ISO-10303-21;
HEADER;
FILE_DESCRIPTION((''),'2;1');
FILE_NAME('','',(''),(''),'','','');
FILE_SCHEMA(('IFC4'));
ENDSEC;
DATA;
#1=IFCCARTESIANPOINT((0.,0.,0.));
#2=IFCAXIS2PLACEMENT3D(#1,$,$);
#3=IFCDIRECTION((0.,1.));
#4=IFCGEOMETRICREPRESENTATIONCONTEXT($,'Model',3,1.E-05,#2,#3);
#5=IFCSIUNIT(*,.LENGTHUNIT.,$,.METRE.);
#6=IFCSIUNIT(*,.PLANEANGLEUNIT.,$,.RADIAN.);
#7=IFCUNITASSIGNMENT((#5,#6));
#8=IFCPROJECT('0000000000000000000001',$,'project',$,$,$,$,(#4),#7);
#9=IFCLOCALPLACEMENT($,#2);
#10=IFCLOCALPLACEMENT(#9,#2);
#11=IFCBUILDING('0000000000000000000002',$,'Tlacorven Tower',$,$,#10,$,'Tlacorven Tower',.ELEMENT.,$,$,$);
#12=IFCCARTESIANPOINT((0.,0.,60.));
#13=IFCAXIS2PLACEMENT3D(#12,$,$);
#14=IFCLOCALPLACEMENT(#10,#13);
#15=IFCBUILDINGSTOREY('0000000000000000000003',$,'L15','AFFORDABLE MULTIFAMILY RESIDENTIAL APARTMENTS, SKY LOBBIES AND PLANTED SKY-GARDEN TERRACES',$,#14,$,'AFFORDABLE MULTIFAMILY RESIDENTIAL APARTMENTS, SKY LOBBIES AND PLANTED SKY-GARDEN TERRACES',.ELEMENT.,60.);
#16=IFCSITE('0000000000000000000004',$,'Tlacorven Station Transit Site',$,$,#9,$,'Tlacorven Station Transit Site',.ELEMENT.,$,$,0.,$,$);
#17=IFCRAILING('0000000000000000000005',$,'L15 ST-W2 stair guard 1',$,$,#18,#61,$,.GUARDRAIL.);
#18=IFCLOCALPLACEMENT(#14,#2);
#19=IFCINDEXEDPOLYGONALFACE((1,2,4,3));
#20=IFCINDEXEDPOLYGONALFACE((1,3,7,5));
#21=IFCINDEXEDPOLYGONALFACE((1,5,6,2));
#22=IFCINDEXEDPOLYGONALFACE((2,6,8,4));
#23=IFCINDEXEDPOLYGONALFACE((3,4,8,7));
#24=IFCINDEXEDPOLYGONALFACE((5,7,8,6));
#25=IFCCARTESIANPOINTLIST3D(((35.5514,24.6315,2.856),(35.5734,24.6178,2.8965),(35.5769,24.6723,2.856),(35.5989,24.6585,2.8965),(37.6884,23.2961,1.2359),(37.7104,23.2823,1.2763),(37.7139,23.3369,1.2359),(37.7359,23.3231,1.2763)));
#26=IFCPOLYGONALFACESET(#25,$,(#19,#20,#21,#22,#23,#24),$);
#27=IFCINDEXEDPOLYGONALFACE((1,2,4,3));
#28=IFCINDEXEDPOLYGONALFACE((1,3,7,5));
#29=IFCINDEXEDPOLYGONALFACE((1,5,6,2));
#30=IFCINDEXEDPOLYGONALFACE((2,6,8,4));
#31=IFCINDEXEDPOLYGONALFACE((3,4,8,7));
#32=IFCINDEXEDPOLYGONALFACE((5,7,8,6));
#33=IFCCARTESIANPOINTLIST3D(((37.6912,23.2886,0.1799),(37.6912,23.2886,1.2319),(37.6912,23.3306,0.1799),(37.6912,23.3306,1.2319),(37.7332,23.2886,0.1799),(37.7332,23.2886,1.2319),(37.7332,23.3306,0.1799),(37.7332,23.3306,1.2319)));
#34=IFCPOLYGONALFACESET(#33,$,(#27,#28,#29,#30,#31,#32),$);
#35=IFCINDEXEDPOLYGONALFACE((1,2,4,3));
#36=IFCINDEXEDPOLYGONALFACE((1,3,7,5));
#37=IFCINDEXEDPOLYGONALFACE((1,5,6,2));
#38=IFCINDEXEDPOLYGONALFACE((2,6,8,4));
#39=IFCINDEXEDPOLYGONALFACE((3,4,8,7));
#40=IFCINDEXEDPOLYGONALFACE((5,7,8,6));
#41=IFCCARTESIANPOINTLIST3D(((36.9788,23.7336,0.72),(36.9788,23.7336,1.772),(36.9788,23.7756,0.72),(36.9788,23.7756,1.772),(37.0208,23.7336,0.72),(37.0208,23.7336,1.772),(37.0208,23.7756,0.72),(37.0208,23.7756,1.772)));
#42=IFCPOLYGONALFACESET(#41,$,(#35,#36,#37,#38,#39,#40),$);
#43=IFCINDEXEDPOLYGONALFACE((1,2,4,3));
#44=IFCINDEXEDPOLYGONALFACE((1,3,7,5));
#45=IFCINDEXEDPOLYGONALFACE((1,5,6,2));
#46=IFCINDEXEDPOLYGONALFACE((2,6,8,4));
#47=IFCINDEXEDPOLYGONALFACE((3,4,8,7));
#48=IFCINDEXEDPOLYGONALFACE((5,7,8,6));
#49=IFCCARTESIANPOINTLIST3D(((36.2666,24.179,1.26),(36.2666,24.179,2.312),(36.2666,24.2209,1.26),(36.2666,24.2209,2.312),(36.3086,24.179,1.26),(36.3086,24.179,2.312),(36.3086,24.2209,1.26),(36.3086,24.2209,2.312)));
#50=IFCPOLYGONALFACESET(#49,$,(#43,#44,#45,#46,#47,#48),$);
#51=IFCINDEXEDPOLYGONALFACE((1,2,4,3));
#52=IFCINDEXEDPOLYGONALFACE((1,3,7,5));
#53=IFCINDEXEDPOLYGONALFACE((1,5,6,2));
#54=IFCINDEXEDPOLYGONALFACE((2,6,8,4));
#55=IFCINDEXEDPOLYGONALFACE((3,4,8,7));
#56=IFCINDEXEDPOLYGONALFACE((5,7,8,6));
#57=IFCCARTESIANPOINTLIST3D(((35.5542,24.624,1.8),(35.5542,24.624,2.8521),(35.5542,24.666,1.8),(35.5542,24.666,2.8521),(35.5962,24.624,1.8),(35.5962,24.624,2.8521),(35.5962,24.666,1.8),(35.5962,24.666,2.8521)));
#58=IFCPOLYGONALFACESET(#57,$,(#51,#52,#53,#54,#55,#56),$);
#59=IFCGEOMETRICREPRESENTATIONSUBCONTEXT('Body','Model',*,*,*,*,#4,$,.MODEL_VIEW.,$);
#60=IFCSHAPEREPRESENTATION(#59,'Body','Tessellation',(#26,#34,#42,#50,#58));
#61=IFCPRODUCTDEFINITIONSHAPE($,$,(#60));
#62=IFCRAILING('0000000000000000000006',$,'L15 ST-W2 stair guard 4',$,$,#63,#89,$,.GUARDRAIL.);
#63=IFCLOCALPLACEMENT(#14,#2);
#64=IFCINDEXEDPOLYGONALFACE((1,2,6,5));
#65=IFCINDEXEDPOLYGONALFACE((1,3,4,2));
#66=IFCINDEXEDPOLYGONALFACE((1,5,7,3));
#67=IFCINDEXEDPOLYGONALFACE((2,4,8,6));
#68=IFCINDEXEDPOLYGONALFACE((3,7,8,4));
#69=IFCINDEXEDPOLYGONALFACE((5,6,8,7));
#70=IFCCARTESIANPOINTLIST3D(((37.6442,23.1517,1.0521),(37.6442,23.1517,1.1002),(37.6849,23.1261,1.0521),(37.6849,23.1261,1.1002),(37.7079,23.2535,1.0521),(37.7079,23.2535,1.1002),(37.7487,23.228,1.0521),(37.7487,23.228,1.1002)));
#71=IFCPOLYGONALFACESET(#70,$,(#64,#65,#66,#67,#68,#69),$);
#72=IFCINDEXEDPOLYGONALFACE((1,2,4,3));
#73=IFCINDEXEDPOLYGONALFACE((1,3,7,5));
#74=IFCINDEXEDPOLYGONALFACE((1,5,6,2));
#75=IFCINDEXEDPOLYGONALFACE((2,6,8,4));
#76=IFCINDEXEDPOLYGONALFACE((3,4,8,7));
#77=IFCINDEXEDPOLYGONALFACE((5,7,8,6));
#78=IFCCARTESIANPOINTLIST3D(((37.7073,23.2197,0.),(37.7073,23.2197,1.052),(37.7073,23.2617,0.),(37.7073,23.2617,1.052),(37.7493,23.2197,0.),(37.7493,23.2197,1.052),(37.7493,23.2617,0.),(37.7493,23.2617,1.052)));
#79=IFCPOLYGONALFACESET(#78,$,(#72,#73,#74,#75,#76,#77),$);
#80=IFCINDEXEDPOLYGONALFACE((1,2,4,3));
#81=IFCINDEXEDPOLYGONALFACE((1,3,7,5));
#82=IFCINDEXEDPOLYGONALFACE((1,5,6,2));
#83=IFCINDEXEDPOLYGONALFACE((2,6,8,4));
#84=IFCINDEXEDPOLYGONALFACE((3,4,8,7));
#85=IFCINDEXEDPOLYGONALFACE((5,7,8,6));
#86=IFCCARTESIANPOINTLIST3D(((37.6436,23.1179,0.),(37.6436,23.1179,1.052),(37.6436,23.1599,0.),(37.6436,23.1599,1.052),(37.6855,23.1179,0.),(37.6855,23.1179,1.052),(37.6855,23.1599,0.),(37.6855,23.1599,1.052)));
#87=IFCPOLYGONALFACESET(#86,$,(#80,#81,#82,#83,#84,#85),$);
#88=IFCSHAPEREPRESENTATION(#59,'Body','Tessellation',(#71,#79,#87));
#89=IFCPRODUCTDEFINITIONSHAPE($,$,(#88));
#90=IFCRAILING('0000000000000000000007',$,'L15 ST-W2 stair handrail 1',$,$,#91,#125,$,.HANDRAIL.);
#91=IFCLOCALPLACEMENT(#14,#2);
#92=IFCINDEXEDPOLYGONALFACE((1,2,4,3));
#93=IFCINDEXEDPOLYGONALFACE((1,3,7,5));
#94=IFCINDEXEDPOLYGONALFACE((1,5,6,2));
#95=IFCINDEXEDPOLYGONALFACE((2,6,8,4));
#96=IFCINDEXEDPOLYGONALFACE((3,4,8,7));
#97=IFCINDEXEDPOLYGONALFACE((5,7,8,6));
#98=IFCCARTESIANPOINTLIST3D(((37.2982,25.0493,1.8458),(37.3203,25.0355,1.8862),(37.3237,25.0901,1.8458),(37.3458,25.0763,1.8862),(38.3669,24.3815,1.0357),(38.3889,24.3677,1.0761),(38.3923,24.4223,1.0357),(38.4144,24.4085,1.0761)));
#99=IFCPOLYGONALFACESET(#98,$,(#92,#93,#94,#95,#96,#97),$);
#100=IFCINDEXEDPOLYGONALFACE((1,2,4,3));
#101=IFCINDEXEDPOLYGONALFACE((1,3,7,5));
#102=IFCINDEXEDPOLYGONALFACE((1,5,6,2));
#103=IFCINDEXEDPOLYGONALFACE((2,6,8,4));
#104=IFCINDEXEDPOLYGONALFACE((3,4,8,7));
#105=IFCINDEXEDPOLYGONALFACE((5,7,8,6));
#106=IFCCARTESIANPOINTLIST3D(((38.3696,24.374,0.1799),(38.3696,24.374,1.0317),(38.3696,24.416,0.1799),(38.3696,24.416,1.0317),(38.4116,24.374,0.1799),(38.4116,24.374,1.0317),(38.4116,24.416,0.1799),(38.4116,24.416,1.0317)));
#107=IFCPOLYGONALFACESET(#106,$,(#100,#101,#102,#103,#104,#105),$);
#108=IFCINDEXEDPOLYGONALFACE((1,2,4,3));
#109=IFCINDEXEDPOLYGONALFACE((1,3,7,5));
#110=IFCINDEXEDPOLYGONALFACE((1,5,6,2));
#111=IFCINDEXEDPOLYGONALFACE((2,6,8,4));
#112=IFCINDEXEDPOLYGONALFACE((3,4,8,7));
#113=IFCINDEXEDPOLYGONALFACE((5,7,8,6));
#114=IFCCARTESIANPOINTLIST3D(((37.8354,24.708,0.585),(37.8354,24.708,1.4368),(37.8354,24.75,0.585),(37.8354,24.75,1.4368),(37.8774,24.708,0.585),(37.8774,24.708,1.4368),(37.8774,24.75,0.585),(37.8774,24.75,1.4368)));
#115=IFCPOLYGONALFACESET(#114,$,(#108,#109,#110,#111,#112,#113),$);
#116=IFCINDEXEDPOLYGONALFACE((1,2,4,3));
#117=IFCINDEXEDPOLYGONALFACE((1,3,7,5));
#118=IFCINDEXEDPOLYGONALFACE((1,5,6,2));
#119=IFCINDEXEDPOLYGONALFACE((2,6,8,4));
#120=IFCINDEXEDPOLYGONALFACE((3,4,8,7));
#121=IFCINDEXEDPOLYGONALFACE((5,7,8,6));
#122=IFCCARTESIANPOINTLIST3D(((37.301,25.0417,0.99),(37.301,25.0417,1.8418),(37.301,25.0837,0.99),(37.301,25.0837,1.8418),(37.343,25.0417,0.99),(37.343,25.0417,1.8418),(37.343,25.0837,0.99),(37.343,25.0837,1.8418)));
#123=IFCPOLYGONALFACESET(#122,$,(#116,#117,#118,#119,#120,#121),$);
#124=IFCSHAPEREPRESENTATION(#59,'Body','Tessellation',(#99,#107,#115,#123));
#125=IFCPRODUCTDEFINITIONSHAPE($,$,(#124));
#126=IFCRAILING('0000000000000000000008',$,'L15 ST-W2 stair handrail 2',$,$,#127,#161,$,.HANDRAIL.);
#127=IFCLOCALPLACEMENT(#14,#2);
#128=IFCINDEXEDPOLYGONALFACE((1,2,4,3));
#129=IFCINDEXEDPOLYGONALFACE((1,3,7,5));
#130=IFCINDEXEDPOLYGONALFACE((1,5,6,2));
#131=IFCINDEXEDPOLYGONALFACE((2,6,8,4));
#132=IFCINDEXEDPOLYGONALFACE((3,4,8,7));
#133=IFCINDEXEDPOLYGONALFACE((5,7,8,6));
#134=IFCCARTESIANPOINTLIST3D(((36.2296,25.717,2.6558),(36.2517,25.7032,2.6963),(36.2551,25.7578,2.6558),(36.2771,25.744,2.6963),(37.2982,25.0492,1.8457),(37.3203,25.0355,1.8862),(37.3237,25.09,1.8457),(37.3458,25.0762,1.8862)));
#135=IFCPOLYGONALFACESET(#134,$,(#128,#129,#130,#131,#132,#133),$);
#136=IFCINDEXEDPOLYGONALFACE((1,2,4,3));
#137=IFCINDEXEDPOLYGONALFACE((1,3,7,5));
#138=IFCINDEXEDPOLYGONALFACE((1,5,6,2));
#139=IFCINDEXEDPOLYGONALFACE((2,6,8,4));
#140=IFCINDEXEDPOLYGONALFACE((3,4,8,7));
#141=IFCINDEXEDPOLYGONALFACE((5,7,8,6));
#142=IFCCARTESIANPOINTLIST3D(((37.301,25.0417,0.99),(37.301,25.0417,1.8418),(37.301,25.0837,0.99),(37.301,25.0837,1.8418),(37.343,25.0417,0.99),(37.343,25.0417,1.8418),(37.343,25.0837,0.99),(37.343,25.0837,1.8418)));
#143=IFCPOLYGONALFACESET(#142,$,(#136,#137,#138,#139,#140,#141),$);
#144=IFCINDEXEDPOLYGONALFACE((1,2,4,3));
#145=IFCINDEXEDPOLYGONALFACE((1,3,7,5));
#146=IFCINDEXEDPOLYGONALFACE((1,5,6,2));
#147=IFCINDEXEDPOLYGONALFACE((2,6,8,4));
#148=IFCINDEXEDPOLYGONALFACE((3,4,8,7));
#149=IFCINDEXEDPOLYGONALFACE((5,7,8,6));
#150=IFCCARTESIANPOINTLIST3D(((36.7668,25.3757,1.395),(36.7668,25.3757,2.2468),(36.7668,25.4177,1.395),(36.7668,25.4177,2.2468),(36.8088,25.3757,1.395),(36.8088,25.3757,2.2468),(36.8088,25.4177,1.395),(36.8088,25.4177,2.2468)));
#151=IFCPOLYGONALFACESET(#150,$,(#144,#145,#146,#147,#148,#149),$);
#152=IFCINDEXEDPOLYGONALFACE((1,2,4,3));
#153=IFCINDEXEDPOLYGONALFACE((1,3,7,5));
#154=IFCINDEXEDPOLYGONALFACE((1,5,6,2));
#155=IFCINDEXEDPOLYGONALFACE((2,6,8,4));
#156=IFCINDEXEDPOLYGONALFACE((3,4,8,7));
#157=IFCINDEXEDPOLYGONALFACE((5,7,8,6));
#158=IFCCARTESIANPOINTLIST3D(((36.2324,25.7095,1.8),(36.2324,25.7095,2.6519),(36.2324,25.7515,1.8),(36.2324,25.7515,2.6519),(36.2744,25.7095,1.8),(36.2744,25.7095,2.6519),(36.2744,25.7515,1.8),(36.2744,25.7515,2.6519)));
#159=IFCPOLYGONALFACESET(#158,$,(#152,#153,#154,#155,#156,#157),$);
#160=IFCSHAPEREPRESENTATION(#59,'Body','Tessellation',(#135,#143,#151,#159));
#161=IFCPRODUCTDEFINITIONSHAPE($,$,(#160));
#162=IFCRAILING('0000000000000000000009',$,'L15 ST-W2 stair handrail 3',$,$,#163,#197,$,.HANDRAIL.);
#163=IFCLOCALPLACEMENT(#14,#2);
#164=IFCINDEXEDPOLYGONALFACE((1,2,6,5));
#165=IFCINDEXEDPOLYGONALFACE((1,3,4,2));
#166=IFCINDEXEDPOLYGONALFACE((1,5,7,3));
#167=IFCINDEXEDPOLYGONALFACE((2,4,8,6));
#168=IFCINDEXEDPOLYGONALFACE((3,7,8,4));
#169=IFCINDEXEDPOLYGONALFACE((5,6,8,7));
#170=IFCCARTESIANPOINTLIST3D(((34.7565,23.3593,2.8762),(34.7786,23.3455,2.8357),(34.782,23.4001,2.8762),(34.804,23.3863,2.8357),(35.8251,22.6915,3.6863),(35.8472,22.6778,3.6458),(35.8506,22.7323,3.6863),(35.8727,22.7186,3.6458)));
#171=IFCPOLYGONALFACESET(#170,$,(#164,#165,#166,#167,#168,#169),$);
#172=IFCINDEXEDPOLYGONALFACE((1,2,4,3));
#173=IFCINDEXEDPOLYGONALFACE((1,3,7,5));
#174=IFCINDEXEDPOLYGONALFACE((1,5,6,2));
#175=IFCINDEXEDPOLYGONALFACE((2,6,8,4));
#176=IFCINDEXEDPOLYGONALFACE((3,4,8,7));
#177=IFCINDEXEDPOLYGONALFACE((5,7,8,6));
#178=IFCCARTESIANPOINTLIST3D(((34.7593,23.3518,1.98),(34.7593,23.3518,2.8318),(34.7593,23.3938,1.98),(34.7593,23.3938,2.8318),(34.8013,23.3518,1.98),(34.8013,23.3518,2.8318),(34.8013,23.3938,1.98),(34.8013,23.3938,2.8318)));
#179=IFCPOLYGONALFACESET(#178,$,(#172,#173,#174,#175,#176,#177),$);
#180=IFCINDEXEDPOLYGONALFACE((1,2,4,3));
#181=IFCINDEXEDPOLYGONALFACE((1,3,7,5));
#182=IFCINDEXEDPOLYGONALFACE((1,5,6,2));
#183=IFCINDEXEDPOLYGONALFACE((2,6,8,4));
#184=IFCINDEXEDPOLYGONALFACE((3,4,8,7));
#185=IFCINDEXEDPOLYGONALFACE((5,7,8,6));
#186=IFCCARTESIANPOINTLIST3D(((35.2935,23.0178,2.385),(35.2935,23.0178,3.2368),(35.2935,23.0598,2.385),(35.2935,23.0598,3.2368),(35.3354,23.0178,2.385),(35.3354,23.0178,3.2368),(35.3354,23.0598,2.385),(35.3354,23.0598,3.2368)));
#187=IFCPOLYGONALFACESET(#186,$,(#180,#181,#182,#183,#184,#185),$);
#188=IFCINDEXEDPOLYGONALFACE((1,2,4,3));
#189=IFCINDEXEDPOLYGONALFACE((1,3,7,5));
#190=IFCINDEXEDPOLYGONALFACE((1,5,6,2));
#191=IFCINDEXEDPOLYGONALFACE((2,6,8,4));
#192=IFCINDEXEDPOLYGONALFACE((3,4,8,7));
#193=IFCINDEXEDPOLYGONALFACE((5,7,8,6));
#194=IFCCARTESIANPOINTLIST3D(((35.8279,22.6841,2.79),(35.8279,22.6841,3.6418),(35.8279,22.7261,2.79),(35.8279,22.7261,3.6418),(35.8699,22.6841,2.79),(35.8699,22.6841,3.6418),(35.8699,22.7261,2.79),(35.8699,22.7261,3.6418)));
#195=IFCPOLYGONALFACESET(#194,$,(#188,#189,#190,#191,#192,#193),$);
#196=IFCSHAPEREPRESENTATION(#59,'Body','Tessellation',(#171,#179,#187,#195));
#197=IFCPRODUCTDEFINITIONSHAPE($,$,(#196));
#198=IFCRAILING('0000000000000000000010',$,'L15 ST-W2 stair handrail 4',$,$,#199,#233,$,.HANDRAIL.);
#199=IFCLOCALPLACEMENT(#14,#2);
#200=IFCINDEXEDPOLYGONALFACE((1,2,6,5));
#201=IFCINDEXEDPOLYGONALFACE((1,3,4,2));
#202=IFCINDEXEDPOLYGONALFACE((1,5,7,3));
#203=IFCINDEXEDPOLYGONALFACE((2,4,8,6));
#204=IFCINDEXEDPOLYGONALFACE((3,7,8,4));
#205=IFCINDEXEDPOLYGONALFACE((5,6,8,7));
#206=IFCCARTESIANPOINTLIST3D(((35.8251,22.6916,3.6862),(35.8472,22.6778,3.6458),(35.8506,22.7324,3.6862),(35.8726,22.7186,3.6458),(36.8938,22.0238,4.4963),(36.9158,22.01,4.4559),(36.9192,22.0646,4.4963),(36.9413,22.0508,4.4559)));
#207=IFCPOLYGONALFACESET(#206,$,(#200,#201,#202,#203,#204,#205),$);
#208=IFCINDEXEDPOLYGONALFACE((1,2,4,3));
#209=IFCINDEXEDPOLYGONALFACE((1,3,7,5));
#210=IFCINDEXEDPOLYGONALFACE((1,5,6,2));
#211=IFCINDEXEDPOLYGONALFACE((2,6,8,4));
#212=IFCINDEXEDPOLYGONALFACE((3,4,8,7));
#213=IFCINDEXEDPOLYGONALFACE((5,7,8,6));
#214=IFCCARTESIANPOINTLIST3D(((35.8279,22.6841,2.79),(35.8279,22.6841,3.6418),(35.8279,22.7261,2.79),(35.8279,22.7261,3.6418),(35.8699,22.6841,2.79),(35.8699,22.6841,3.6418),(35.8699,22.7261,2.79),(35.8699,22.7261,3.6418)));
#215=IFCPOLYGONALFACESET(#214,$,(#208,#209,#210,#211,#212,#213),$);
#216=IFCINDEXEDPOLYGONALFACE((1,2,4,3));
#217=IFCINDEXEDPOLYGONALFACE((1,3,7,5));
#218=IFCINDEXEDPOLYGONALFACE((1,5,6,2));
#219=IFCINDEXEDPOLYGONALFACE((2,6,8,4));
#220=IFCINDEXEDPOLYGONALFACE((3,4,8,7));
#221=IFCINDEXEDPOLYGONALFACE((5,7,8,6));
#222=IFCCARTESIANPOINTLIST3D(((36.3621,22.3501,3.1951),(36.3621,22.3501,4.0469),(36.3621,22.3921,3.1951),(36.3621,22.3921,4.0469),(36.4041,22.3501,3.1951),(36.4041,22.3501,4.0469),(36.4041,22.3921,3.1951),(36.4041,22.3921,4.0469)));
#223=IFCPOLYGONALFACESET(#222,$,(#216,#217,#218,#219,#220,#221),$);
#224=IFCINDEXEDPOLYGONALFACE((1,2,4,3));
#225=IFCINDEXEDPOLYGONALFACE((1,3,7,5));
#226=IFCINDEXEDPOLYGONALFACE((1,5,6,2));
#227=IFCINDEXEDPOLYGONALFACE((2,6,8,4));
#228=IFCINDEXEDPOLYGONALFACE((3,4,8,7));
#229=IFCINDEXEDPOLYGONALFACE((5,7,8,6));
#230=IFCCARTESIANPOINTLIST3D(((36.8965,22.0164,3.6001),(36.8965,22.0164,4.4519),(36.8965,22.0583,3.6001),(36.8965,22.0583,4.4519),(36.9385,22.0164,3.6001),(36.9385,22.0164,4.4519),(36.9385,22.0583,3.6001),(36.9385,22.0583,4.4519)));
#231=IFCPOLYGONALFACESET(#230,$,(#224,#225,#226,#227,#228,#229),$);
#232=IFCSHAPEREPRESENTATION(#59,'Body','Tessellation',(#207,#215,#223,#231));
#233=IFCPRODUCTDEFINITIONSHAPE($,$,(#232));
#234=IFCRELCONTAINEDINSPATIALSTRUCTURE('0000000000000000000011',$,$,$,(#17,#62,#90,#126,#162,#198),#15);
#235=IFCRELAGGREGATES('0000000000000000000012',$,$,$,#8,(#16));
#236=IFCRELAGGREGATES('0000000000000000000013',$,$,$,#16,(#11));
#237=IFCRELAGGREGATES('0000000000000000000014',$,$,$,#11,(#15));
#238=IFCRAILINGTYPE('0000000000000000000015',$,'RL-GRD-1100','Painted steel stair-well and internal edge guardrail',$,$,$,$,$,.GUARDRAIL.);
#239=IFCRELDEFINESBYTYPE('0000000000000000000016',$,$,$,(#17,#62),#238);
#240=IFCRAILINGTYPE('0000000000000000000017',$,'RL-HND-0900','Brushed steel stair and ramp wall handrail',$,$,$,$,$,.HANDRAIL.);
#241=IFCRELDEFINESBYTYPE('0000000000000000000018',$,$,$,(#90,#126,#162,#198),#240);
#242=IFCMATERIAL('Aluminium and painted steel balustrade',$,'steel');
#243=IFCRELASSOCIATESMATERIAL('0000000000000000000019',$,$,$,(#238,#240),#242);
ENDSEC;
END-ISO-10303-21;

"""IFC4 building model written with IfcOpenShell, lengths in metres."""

from ifc_helpers import new_model, si_unit, direction, frame, origin, origin_2d, place, context, subcontext, project, spatial, rectangle, extrude, source, transform, mapped, material, type_object, element, save


model = new_model("IFC4")

# Units and contexts
model_context = context("Model", 3, precision=1e-05, world=origin(), true_north=direction((0.0, 1.0)))
body_context = subcontext(model_context, "Body", "Model", "MODEL_VIEW")
ifc_project = project(units=[si_unit("LENGTHUNIT", "METRE"), si_unit("PLANEANGLEUNIT", "RADIAN")], contexts=[model_context])

# Site, building, storey
site_placement = place(None, origin())
site = spatial("IfcSite", under=ifc_project, at=site_placement, Name="Tlacorven Station Transit Site", LongName="Tlacorven Station Transit Site", CompositionType="ELEMENT", RefElevation=0.0)
building_placement = place(site_placement, origin())
building = spatial("IfcBuilding", under=site, at=building_placement, Name="Tlacorven Tower", LongName="Tlacorven Tower", CompositionType="ELEMENT")
storey_placement = place(building_placement, frame((0.0, 0.0, 60.0)))
storey = spatial("IfcBuildingStorey", under=building, at=storey_placement, Name="L15", Description="AFFORDABLE MULTIFAMILY RESIDENTIAL APARTMENTS, SKY LOBBIES AND PLANTED SKY-GARDEN TERRACES", LongName="AFFORDABLE MULTIFAMILY RESIDENTIAL APARTMENTS, SKY LOBBIES AND PLANTED SKY-GARDEN TERRACES", CompositionType="ELEMENT", Elevation=60.0)

# Railings
ifc_material_1 = material(Name="Aluminium and painted steel balustrade", Category="steel")
railing_type_1 = type_object("IfcRailingType", Name="RL-GRD-1100", Description="Painted steel stair-well and internal edge guardrail", PredefinedType="GUARDRAIL", material=ifc_material_1)
shared_shape_1 = source(origin(), body_context, "Body", "SweptSolid", [
    extrude(rectangle(XDim=0.0481, YDim=0.0481, at=origin_2d()), frame((0.0, 0.0, 1.0762), z_axis=(-0.71332, 0.445774, 0.540796), x_axis=(-0.529955, -0.848026, 0.0)), (0.0, 0.0, 1.0), 2.9958),
    extrude(rectangle(XDim=0.042, YDim=0.042, at=origin_2d()), origin(), (0.0, 0.0, 1.0), 1.052),
    extrude(rectangle(XDim=0.042, YDim=0.042, at=origin_2d()), frame((-0.7124, 0.4451, 0.54)), (0.0, 0.0, 1.0), 1.052),
    extrude(rectangle(XDim=0.042, YDim=0.042, at=origin_2d()), frame((-1.4246, 0.8904, 1.0801)), (0.0, 0.0, 1.0), 1.052),
    extrude(rectangle(XDim=0.042, YDim=0.042, at=origin_2d()), frame((-2.137, 1.3354, 1.6201)), (0.0, 0.0, 1.0), 1.052),
])
railing_1_placement = place(storey_placement, frame((37.7122, 23.3096, 0.1799)))
element("IfcRailing", 1, at=railing_1_placement, inside=storey, type_object=railing_type_1, Name="L15 ST-W2 stair guard 1", PredefinedType="GUARDRAIL", context=body_context, shape_type="MappedRepresentation", body=[
    mapped(shared_shape_1, transform((0.0, 0.0, 0.0), scale=1.0)),
])
shared_shape_2 = source(origin(), body_context, "Body", "SweptSolid", [
    extrude(rectangle(XDim=0.0481, YDim=0.0481, at=origin_2d()), frame((0.0, 0.0, 1.0762), z_axis=(-0.530547, -0.847656, 0.0), x_axis=(0.847656, -0.530547, 0.0)), (0.0, 0.0, 1.0), 0.1201),
    extrude(rectangle(XDim=0.042, YDim=0.042, at=origin_2d()), origin(), (0.0, 0.0, 1.0), 1.052),
    extrude(rectangle(XDim=0.042, YDim=0.042, at=origin_2d()), frame((-0.0637, -0.1018, 0.0)), (0.0, 0.0, 1.0), 1.052),
])
railing_2_placement = place(storey_placement, frame((37.7283, 23.2407, 0.0)))
element("IfcRailing", 2, at=railing_2_placement, inside=storey, type_object=railing_type_1, Name="L15 ST-W2 stair guard 4", PredefinedType="GUARDRAIL", context=body_context, shape_type="MappedRepresentation", body=[
    mapped(shared_shape_2, transform((0.0, 0.0, 0.0), scale=1.0)),
])
railing_type_2 = type_object("IfcRailingType", Name="RL-HND-0900", Description="Brushed steel stair and ramp wall handrail", PredefinedType="HANDRAIL", material=ifc_material_1)
shared_shape_3 = source(origin(), body_context, "Body", "SweptSolid", [
    extrude(rectangle(XDim=0.0481, YDim=0.0481, at=origin_2d()), frame((0.0, 0.0, 0.876), z_axis=(-0.71336, 0.445748, 0.540765), x_axis=(-0.529912, -0.848053, 0.0)), (0.0, 0.0, 1.0), 1.498),
    extrude(rectangle(XDim=0.042, YDim=0.042, at=origin_2d()), origin(), (0.0, 0.0, 1.0), 0.8518),
    extrude(rectangle(XDim=0.042, YDim=0.042, at=origin_2d()), frame((-0.5342, 0.334, 0.405)), (0.0, 0.0, 1.0), 0.8518),
    extrude(rectangle(XDim=0.042, YDim=0.042, at=origin_2d()), frame((-1.0686, 0.6677, 0.8101)), (0.0, 0.0, 1.0), 0.8518),
])
for number, where, name in (
    (3, (38.3906, 24.395, 0.1799), "L15 ST-W2 stair handrail 1"),
    (4, (37.322, 25.0627, 0.99), "L15 ST-W2 stair handrail 2"),
):
    element("IfcRailing", number, at=place(storey_placement, frame(where)), inside=storey, type_object=railing_type_2, Name=name, PredefinedType="HANDRAIL", context=body_context, shape_type="MappedRepresentation", body=[
        mapped(shared_shape_3, transform((0.0, 0.0, 0.0), scale=1.0)),
    ])
shared_shape_4 = source(origin(), body_context, "Body", "SweptSolid", [
    extrude(rectangle(XDim=0.0481, YDim=0.0481, at=origin_2d()), frame((0.0, 0.0, 0.876), z_axis=(0.71336, -0.445748, 0.540765), x_axis=(0.529912, 0.848053, 0.0)), (0.0, 0.0, 1.0), 1.498),
    extrude(rectangle(XDim=0.042, YDim=0.042, at=origin_2d()), origin(), (0.0, 0.0, 1.0), 0.8518),
    extrude(rectangle(XDim=0.042, YDim=0.042, at=origin_2d()), frame((0.5342, -0.334, 0.405)), (0.0, 0.0, 1.0), 0.8518),
    extrude(rectangle(XDim=0.042, YDim=0.042, at=origin_2d()), frame((1.0686, -0.6677, 0.8101)), (0.0, 0.0, 1.0), 0.8518),
])
for number, where, name in (
    (5, (34.7803, 23.3728, 1.98), "L15 ST-W2 stair handrail 3"),
    (6, (35.8489, 22.7051, 2.79), "L15 ST-W2 stair handrail 4"),
):
    element("IfcRailing", number, at=place(storey_placement, frame(where)), inside=storey, type_object=railing_type_2, Name=name, PredefinedType="HANDRAIL", context=body_context, shape_type="MappedRepresentation", body=[
        mapped(shared_shape_4, transform((0.0, 0.0, 0.0), scale=1.0)),
    ])

save(model, "model.ifc")
